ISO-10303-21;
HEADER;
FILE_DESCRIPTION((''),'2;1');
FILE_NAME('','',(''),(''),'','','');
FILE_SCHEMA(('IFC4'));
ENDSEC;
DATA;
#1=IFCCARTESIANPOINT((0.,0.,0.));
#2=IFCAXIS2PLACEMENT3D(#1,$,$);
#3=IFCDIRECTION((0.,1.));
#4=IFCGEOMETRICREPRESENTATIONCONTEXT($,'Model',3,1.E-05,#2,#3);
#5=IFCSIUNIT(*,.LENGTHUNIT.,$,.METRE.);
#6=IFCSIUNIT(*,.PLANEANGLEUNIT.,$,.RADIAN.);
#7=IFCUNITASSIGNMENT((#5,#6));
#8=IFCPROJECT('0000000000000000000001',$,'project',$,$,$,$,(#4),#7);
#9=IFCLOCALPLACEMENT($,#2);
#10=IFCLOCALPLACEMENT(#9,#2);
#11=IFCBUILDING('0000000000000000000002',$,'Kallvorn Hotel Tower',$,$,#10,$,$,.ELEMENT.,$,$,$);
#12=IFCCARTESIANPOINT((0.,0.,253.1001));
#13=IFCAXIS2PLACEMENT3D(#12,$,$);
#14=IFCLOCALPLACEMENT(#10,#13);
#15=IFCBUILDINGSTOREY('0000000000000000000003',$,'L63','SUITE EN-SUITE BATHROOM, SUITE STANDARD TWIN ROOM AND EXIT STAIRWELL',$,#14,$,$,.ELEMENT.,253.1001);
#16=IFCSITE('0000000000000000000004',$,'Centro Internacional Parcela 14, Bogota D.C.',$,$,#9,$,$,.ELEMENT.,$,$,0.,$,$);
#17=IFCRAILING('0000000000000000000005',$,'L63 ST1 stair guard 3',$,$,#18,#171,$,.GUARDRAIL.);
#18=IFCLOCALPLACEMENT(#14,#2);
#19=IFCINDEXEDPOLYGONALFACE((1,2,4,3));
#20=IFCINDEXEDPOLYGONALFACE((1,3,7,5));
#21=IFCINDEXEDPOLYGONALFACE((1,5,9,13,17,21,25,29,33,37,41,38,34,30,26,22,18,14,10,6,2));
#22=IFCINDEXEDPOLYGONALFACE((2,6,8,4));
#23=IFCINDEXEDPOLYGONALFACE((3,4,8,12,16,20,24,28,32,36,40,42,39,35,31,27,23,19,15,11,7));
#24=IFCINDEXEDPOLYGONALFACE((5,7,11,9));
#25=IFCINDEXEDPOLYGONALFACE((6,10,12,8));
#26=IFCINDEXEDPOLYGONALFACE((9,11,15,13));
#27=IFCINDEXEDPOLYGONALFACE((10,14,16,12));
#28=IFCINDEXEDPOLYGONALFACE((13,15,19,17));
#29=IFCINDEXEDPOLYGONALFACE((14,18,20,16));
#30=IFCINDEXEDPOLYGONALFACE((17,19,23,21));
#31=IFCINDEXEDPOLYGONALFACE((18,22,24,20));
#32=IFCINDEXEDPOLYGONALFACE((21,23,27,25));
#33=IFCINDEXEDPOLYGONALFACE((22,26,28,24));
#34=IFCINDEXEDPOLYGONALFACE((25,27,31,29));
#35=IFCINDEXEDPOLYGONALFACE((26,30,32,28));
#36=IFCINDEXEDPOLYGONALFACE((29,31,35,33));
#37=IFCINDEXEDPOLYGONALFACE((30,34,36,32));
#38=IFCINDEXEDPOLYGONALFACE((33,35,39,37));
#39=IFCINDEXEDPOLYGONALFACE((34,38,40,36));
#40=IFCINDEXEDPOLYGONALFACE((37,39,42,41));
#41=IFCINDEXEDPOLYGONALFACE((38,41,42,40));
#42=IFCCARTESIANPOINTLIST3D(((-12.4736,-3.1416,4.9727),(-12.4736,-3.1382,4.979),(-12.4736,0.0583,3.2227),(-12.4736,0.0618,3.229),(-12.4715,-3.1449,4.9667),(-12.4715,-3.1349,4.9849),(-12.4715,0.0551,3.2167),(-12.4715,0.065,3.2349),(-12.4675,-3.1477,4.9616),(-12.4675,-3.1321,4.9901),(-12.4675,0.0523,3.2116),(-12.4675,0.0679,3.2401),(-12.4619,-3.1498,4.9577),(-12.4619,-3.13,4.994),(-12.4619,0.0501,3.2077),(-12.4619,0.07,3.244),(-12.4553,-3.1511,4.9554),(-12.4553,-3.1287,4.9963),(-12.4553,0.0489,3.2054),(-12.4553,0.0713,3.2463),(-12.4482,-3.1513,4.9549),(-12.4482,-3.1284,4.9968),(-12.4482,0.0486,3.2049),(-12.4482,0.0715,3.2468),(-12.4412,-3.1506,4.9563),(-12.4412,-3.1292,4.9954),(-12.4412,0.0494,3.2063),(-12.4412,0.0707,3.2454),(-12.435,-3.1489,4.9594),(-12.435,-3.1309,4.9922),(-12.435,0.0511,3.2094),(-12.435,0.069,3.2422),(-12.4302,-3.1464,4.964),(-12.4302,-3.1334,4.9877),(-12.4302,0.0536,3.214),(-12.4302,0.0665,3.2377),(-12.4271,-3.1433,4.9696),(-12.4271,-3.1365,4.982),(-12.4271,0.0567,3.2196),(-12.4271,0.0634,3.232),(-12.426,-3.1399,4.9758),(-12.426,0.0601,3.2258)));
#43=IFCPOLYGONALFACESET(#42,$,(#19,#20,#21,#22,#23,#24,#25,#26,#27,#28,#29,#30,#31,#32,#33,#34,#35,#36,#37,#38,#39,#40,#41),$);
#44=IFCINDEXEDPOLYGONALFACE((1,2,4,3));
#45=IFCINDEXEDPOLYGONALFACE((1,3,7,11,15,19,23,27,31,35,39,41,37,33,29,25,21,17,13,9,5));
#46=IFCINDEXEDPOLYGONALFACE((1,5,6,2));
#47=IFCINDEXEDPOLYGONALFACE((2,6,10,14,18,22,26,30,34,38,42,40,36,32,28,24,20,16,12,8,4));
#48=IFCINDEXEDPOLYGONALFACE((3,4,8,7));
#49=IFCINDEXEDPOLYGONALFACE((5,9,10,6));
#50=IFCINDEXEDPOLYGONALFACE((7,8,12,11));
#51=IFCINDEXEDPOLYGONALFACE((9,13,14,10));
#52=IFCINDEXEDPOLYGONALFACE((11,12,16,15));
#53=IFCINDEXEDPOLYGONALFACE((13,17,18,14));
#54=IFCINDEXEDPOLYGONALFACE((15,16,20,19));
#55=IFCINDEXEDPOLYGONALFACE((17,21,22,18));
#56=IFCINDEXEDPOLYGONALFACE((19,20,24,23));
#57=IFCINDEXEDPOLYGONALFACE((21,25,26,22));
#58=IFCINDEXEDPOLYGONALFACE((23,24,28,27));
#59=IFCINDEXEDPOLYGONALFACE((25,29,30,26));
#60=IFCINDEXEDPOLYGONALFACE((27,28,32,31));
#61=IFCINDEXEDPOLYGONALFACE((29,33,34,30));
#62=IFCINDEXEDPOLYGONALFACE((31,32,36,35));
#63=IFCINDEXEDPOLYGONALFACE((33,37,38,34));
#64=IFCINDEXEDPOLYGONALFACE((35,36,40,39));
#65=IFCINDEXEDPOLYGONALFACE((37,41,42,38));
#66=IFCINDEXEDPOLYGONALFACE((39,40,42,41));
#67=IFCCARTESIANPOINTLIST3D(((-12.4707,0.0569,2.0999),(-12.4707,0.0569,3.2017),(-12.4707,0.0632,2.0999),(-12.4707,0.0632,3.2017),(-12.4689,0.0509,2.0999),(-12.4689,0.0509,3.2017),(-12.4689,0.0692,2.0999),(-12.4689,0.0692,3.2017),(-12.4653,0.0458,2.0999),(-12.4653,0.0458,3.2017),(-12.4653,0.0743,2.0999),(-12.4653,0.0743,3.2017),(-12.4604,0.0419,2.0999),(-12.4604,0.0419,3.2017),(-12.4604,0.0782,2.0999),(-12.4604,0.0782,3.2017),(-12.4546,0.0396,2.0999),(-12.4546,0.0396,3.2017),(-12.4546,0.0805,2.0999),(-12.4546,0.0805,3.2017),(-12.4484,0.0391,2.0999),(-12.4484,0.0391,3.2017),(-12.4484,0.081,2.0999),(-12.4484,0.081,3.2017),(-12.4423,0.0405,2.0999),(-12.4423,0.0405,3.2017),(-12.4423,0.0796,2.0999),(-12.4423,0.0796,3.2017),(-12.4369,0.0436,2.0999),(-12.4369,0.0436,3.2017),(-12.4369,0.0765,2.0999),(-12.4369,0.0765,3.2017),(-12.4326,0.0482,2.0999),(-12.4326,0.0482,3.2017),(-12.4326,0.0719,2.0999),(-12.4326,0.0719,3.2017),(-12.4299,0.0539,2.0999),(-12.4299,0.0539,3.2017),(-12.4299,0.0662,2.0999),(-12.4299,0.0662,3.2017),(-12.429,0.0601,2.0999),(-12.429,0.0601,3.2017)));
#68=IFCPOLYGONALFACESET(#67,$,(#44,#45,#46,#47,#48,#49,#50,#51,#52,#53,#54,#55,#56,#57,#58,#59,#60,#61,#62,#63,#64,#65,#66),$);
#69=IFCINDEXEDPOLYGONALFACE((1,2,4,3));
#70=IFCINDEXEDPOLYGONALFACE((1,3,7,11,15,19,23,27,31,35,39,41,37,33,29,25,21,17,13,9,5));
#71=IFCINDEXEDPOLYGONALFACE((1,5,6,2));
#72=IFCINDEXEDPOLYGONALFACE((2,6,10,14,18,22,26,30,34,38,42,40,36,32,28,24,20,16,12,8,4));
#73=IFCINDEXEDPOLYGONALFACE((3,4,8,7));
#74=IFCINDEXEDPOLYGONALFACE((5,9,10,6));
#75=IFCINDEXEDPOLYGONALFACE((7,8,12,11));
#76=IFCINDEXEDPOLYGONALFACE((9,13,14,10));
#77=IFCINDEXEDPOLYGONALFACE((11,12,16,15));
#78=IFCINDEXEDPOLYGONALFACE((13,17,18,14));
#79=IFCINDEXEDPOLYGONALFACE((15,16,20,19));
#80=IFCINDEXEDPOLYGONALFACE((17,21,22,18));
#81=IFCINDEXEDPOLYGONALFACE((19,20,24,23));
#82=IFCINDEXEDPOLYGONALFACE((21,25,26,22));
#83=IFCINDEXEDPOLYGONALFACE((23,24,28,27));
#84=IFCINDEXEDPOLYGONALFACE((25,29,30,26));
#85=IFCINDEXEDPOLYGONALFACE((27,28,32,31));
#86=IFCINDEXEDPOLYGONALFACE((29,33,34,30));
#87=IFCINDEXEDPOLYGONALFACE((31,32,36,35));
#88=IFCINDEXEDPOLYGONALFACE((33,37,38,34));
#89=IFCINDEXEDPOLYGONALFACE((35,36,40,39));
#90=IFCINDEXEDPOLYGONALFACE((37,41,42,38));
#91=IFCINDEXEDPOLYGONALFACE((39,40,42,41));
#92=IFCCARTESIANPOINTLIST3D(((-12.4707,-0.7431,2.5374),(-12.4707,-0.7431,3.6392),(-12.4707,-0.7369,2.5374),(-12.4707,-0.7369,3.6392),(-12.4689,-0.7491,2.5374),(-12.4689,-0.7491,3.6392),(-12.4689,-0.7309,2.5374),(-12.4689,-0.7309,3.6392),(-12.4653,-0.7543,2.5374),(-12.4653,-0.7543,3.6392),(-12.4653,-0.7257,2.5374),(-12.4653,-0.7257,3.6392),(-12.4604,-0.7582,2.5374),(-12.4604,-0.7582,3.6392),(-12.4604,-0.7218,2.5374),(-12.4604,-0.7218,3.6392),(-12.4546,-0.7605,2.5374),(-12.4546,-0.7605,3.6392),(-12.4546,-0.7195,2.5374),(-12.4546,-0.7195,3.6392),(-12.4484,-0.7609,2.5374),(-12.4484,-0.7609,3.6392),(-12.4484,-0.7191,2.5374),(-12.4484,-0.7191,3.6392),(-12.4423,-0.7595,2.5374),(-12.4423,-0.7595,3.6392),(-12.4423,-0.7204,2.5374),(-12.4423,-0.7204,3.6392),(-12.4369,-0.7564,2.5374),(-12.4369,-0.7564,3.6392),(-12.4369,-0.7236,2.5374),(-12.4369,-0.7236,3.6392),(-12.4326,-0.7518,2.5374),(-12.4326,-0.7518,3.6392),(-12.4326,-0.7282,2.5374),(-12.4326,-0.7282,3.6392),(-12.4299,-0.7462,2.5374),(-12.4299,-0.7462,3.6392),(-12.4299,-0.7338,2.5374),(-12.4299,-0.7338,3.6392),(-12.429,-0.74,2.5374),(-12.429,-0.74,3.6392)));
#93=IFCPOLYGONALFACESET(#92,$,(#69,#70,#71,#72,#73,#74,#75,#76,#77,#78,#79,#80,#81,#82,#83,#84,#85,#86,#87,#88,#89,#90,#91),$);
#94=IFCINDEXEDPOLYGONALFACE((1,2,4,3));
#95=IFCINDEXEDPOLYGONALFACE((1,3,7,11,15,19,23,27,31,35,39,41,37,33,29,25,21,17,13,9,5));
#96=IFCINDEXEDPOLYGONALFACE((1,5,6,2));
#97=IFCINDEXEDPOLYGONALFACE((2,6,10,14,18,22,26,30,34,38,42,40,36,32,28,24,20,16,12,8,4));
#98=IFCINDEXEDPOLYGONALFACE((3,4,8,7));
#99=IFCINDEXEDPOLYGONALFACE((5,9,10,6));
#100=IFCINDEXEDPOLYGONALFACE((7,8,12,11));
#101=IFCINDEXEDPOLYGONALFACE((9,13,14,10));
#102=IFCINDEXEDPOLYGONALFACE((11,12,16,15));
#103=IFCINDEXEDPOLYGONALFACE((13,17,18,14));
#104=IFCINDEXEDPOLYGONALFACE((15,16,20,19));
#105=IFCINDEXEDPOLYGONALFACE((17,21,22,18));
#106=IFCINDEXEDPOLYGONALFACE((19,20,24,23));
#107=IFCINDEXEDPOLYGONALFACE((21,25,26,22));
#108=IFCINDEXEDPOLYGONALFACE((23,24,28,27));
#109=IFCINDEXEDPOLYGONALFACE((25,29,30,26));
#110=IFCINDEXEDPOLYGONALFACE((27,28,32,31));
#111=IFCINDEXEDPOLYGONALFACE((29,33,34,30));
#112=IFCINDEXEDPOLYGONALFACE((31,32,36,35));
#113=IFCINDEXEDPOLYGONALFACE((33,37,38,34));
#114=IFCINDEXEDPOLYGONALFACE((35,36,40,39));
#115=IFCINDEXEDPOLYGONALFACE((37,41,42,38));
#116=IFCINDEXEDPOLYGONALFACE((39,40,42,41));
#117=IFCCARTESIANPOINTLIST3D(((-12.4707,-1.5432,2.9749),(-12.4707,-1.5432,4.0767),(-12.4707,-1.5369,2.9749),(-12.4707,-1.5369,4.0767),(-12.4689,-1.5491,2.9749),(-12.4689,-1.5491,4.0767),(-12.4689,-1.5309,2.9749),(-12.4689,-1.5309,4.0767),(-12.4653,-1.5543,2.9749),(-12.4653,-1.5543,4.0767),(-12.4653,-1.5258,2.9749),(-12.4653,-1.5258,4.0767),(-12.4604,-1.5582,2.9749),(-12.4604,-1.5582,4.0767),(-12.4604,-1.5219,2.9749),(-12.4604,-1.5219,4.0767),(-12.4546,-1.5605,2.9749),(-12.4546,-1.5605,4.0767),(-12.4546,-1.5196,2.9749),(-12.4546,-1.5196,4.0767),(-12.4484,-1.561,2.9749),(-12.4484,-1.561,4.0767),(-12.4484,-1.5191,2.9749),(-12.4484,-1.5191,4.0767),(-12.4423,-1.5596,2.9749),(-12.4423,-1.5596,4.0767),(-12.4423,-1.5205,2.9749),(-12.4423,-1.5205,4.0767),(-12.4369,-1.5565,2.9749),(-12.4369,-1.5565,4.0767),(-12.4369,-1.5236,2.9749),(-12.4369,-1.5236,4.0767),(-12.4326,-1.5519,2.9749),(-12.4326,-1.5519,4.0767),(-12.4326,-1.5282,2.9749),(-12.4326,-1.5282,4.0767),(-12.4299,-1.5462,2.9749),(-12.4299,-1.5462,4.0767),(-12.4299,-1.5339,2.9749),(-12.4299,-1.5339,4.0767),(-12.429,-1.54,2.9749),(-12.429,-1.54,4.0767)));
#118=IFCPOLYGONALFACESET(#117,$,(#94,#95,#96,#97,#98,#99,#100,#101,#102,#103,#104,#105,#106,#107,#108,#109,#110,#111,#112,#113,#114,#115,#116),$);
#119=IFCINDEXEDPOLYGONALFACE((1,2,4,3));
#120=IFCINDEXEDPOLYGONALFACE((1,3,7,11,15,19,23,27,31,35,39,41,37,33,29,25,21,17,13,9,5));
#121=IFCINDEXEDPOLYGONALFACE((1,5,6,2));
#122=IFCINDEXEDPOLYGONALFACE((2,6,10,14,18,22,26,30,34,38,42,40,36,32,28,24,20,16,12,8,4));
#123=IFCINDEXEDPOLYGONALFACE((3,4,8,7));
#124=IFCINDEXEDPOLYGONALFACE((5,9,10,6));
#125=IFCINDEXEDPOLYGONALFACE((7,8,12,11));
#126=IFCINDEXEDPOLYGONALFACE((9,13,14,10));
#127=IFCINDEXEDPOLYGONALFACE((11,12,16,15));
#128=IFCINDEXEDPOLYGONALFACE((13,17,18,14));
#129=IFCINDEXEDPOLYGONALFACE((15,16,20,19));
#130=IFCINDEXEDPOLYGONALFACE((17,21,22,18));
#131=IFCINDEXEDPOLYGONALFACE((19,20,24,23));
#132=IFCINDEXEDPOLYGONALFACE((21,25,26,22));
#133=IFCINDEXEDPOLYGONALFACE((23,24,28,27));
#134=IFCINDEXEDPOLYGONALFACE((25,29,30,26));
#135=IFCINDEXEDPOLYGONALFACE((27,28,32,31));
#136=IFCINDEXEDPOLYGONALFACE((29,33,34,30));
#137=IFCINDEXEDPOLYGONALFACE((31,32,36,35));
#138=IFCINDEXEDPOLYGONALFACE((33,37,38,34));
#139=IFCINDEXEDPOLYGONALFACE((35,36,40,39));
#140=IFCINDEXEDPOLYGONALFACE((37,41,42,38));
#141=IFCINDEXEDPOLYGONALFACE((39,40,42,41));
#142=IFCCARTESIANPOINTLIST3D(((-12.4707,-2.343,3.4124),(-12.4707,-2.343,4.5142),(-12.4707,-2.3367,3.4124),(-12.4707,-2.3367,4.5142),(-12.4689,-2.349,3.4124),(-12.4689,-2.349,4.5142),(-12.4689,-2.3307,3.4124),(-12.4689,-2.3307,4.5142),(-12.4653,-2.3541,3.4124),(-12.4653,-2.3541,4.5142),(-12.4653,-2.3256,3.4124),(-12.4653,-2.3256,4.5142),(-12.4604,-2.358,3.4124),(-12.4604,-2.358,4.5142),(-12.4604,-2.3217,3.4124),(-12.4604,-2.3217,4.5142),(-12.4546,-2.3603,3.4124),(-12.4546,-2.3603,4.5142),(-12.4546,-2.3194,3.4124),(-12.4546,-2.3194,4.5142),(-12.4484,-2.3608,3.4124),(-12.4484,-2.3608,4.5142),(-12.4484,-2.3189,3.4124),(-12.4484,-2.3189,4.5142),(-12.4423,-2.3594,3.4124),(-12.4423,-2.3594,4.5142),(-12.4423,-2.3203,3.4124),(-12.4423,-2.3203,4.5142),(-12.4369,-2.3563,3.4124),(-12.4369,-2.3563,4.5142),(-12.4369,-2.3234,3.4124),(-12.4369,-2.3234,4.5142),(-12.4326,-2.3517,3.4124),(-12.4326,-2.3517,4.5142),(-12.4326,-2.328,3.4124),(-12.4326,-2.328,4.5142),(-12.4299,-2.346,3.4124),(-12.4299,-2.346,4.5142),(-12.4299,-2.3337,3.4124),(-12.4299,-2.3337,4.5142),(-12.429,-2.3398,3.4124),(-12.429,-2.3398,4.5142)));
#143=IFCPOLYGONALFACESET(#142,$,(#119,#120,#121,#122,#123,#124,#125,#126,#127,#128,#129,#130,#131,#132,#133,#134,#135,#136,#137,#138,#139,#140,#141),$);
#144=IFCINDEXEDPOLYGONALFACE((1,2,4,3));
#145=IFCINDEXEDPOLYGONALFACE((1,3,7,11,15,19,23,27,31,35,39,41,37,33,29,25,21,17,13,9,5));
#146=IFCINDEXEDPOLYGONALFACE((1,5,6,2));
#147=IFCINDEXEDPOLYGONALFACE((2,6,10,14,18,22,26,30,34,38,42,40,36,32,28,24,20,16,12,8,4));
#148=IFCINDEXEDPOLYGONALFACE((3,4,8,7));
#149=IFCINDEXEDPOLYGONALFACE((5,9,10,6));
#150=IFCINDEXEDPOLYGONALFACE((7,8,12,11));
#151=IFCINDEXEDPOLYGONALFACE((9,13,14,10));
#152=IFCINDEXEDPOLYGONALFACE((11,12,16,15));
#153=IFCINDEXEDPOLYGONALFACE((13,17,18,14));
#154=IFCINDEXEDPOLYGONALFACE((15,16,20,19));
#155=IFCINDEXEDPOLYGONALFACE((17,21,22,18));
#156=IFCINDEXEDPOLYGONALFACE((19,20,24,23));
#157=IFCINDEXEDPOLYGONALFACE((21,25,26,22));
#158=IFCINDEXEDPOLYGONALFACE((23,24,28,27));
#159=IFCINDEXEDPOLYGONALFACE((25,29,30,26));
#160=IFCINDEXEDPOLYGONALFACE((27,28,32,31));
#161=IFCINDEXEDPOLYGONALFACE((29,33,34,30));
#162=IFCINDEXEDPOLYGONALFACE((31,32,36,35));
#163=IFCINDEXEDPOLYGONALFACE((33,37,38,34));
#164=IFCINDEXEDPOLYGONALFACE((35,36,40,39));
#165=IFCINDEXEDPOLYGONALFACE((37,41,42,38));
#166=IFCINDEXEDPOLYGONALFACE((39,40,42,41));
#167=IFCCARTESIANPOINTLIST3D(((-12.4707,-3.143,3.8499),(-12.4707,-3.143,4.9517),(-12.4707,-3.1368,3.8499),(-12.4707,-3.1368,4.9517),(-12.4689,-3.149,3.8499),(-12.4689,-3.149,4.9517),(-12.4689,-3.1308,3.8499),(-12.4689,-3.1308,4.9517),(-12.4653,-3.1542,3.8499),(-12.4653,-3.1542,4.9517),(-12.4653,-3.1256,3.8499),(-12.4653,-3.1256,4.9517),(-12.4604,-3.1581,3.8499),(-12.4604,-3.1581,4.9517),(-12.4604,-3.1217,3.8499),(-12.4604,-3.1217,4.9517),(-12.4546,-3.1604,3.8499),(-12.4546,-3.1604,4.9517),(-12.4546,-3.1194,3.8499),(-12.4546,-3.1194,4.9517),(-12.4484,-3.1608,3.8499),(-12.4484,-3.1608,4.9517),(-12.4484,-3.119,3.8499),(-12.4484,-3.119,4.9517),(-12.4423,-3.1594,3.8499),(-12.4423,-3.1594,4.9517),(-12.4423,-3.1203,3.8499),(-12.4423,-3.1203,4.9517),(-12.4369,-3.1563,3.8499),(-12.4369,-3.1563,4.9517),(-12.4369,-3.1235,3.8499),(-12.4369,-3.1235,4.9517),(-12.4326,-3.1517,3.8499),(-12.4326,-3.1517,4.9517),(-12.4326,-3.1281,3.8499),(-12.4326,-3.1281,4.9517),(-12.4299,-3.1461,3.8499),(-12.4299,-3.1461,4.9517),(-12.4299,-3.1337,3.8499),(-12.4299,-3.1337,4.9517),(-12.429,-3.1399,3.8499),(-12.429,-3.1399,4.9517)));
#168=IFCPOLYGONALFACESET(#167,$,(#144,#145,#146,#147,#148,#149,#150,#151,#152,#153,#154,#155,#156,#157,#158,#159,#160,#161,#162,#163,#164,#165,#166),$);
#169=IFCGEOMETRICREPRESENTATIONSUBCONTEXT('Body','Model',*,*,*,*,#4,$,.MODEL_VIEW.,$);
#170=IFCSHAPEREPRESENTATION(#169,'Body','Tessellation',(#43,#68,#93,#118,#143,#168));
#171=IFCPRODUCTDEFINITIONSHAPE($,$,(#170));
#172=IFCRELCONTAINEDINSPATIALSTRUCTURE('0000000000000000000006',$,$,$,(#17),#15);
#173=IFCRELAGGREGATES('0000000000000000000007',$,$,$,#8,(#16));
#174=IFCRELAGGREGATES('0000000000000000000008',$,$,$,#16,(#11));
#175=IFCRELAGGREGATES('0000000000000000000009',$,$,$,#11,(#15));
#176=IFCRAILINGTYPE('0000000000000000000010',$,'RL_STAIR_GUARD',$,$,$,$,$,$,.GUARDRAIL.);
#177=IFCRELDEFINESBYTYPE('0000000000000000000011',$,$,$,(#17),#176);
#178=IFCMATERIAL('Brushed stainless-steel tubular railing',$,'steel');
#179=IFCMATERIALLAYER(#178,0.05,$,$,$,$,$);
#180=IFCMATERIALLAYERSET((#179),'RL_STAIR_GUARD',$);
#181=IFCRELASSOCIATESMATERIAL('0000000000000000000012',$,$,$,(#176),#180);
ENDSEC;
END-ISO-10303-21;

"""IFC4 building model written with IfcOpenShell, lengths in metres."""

from ifc_helpers import new_model, si_unit, direction, frame, origin, origin_2d, place, context, subcontext, project, spatial, circle, extrude, material, layer, layer_set, type_object, element, save


model = new_model("IFC4")

# Units and contexts
model_context = context("Model", 3, precision=1e-05, world=origin(), true_north=direction((0.0, 1.0)))
body_context = subcontext(model_context, "Body", "Model", "MODEL_VIEW")
ifc_project = project(units=[si_unit("LENGTHUNIT", "METRE"), si_unit("PLANEANGLEUNIT", "RADIAN")], contexts=[model_context])

# Site, building, storey
site_placement = place(None, origin())
site = spatial("IfcSite", under=ifc_project, at=site_placement, Name="Centro Internacional Parcela 14, Bogota D.C.", CompositionType="ELEMENT", RefElevation=0.0)
building_placement = place(site_placement, origin())
building = spatial("IfcBuilding", under=site, at=building_placement, Name="Kallvorn Hotel Tower", CompositionType="ELEMENT")
storey_placement = place(building_placement, frame((0.0, 0.0, 253.1001)))
storey = spatial("IfcBuildingStorey", under=building, at=storey_placement, Name="L63", Description="SUITE EN-SUITE BATHROOM, SUITE STANDARD TWIN ROOM AND EXIT STAIRWELL", CompositionType="ELEMENT", Elevation=253.1001)

# Railing
ifc_material_1 = material(Name="Brushed stainless-steel tubular railing", Category="steel")
ifc_layer_1 = layer(ifc_material_1, 0.05)
ifc_layer_set_1 = layer_set([ifc_layer_1], Name="RL_STAIR_GUARD")
railing_type_1 = type_object("IfcRailingType", Name="RL_STAIR_GUARD", PredefinedType="GUARDRAIL", material=ifc_layer_set_1)
railing_1_placement = place(storey_placement, frame((-12.45, 0.0601, 2.0999)))
element("IfcRailing", 1, at=railing_1_placement, inside=storey, type_object=railing_type_1, Name="L63 ST1 stair guard 3", PredefinedType="GUARDRAIL", context=body_context, shape_type="SweptSolid", body=[
    extrude(circle(Radius=0.0239, at=origin_2d()), frame((0.0, 0.0, 1.126), z_axis=(0.0, -0.877368, 0.479818), x_axis=(1.0, 0.0, 0.0)), (0.0, 0.0, 1.0), 3.6472),
    extrude(circle(Radius=0.021, at=origin_2d()), origin(), (0.0, 0.0, 1.0), 1.1018),
    extrude(circle(Radius=0.021, at=origin_2d()), frame((0.0, -0.8, 0.4375)), (0.0, 0.0, 1.0), 1.1018),
    extrude(circle(Radius=0.021, at=origin_2d()), frame((0.0, -1.6001, 0.875)), (0.0, 0.0, 1.0), 1.1018),
    extrude(circle(Radius=0.021, at=origin_2d()), frame((0.0, -2.3999, 1.3125)), (0.0, 0.0, 1.0), 1.1018),
    extrude(circle(Radius=0.021, at=origin_2d()), frame((0.0, -3.2, 1.75)), (0.0, 0.0, 1.0), 1.1018),
])

save(model, "model.ifc")
